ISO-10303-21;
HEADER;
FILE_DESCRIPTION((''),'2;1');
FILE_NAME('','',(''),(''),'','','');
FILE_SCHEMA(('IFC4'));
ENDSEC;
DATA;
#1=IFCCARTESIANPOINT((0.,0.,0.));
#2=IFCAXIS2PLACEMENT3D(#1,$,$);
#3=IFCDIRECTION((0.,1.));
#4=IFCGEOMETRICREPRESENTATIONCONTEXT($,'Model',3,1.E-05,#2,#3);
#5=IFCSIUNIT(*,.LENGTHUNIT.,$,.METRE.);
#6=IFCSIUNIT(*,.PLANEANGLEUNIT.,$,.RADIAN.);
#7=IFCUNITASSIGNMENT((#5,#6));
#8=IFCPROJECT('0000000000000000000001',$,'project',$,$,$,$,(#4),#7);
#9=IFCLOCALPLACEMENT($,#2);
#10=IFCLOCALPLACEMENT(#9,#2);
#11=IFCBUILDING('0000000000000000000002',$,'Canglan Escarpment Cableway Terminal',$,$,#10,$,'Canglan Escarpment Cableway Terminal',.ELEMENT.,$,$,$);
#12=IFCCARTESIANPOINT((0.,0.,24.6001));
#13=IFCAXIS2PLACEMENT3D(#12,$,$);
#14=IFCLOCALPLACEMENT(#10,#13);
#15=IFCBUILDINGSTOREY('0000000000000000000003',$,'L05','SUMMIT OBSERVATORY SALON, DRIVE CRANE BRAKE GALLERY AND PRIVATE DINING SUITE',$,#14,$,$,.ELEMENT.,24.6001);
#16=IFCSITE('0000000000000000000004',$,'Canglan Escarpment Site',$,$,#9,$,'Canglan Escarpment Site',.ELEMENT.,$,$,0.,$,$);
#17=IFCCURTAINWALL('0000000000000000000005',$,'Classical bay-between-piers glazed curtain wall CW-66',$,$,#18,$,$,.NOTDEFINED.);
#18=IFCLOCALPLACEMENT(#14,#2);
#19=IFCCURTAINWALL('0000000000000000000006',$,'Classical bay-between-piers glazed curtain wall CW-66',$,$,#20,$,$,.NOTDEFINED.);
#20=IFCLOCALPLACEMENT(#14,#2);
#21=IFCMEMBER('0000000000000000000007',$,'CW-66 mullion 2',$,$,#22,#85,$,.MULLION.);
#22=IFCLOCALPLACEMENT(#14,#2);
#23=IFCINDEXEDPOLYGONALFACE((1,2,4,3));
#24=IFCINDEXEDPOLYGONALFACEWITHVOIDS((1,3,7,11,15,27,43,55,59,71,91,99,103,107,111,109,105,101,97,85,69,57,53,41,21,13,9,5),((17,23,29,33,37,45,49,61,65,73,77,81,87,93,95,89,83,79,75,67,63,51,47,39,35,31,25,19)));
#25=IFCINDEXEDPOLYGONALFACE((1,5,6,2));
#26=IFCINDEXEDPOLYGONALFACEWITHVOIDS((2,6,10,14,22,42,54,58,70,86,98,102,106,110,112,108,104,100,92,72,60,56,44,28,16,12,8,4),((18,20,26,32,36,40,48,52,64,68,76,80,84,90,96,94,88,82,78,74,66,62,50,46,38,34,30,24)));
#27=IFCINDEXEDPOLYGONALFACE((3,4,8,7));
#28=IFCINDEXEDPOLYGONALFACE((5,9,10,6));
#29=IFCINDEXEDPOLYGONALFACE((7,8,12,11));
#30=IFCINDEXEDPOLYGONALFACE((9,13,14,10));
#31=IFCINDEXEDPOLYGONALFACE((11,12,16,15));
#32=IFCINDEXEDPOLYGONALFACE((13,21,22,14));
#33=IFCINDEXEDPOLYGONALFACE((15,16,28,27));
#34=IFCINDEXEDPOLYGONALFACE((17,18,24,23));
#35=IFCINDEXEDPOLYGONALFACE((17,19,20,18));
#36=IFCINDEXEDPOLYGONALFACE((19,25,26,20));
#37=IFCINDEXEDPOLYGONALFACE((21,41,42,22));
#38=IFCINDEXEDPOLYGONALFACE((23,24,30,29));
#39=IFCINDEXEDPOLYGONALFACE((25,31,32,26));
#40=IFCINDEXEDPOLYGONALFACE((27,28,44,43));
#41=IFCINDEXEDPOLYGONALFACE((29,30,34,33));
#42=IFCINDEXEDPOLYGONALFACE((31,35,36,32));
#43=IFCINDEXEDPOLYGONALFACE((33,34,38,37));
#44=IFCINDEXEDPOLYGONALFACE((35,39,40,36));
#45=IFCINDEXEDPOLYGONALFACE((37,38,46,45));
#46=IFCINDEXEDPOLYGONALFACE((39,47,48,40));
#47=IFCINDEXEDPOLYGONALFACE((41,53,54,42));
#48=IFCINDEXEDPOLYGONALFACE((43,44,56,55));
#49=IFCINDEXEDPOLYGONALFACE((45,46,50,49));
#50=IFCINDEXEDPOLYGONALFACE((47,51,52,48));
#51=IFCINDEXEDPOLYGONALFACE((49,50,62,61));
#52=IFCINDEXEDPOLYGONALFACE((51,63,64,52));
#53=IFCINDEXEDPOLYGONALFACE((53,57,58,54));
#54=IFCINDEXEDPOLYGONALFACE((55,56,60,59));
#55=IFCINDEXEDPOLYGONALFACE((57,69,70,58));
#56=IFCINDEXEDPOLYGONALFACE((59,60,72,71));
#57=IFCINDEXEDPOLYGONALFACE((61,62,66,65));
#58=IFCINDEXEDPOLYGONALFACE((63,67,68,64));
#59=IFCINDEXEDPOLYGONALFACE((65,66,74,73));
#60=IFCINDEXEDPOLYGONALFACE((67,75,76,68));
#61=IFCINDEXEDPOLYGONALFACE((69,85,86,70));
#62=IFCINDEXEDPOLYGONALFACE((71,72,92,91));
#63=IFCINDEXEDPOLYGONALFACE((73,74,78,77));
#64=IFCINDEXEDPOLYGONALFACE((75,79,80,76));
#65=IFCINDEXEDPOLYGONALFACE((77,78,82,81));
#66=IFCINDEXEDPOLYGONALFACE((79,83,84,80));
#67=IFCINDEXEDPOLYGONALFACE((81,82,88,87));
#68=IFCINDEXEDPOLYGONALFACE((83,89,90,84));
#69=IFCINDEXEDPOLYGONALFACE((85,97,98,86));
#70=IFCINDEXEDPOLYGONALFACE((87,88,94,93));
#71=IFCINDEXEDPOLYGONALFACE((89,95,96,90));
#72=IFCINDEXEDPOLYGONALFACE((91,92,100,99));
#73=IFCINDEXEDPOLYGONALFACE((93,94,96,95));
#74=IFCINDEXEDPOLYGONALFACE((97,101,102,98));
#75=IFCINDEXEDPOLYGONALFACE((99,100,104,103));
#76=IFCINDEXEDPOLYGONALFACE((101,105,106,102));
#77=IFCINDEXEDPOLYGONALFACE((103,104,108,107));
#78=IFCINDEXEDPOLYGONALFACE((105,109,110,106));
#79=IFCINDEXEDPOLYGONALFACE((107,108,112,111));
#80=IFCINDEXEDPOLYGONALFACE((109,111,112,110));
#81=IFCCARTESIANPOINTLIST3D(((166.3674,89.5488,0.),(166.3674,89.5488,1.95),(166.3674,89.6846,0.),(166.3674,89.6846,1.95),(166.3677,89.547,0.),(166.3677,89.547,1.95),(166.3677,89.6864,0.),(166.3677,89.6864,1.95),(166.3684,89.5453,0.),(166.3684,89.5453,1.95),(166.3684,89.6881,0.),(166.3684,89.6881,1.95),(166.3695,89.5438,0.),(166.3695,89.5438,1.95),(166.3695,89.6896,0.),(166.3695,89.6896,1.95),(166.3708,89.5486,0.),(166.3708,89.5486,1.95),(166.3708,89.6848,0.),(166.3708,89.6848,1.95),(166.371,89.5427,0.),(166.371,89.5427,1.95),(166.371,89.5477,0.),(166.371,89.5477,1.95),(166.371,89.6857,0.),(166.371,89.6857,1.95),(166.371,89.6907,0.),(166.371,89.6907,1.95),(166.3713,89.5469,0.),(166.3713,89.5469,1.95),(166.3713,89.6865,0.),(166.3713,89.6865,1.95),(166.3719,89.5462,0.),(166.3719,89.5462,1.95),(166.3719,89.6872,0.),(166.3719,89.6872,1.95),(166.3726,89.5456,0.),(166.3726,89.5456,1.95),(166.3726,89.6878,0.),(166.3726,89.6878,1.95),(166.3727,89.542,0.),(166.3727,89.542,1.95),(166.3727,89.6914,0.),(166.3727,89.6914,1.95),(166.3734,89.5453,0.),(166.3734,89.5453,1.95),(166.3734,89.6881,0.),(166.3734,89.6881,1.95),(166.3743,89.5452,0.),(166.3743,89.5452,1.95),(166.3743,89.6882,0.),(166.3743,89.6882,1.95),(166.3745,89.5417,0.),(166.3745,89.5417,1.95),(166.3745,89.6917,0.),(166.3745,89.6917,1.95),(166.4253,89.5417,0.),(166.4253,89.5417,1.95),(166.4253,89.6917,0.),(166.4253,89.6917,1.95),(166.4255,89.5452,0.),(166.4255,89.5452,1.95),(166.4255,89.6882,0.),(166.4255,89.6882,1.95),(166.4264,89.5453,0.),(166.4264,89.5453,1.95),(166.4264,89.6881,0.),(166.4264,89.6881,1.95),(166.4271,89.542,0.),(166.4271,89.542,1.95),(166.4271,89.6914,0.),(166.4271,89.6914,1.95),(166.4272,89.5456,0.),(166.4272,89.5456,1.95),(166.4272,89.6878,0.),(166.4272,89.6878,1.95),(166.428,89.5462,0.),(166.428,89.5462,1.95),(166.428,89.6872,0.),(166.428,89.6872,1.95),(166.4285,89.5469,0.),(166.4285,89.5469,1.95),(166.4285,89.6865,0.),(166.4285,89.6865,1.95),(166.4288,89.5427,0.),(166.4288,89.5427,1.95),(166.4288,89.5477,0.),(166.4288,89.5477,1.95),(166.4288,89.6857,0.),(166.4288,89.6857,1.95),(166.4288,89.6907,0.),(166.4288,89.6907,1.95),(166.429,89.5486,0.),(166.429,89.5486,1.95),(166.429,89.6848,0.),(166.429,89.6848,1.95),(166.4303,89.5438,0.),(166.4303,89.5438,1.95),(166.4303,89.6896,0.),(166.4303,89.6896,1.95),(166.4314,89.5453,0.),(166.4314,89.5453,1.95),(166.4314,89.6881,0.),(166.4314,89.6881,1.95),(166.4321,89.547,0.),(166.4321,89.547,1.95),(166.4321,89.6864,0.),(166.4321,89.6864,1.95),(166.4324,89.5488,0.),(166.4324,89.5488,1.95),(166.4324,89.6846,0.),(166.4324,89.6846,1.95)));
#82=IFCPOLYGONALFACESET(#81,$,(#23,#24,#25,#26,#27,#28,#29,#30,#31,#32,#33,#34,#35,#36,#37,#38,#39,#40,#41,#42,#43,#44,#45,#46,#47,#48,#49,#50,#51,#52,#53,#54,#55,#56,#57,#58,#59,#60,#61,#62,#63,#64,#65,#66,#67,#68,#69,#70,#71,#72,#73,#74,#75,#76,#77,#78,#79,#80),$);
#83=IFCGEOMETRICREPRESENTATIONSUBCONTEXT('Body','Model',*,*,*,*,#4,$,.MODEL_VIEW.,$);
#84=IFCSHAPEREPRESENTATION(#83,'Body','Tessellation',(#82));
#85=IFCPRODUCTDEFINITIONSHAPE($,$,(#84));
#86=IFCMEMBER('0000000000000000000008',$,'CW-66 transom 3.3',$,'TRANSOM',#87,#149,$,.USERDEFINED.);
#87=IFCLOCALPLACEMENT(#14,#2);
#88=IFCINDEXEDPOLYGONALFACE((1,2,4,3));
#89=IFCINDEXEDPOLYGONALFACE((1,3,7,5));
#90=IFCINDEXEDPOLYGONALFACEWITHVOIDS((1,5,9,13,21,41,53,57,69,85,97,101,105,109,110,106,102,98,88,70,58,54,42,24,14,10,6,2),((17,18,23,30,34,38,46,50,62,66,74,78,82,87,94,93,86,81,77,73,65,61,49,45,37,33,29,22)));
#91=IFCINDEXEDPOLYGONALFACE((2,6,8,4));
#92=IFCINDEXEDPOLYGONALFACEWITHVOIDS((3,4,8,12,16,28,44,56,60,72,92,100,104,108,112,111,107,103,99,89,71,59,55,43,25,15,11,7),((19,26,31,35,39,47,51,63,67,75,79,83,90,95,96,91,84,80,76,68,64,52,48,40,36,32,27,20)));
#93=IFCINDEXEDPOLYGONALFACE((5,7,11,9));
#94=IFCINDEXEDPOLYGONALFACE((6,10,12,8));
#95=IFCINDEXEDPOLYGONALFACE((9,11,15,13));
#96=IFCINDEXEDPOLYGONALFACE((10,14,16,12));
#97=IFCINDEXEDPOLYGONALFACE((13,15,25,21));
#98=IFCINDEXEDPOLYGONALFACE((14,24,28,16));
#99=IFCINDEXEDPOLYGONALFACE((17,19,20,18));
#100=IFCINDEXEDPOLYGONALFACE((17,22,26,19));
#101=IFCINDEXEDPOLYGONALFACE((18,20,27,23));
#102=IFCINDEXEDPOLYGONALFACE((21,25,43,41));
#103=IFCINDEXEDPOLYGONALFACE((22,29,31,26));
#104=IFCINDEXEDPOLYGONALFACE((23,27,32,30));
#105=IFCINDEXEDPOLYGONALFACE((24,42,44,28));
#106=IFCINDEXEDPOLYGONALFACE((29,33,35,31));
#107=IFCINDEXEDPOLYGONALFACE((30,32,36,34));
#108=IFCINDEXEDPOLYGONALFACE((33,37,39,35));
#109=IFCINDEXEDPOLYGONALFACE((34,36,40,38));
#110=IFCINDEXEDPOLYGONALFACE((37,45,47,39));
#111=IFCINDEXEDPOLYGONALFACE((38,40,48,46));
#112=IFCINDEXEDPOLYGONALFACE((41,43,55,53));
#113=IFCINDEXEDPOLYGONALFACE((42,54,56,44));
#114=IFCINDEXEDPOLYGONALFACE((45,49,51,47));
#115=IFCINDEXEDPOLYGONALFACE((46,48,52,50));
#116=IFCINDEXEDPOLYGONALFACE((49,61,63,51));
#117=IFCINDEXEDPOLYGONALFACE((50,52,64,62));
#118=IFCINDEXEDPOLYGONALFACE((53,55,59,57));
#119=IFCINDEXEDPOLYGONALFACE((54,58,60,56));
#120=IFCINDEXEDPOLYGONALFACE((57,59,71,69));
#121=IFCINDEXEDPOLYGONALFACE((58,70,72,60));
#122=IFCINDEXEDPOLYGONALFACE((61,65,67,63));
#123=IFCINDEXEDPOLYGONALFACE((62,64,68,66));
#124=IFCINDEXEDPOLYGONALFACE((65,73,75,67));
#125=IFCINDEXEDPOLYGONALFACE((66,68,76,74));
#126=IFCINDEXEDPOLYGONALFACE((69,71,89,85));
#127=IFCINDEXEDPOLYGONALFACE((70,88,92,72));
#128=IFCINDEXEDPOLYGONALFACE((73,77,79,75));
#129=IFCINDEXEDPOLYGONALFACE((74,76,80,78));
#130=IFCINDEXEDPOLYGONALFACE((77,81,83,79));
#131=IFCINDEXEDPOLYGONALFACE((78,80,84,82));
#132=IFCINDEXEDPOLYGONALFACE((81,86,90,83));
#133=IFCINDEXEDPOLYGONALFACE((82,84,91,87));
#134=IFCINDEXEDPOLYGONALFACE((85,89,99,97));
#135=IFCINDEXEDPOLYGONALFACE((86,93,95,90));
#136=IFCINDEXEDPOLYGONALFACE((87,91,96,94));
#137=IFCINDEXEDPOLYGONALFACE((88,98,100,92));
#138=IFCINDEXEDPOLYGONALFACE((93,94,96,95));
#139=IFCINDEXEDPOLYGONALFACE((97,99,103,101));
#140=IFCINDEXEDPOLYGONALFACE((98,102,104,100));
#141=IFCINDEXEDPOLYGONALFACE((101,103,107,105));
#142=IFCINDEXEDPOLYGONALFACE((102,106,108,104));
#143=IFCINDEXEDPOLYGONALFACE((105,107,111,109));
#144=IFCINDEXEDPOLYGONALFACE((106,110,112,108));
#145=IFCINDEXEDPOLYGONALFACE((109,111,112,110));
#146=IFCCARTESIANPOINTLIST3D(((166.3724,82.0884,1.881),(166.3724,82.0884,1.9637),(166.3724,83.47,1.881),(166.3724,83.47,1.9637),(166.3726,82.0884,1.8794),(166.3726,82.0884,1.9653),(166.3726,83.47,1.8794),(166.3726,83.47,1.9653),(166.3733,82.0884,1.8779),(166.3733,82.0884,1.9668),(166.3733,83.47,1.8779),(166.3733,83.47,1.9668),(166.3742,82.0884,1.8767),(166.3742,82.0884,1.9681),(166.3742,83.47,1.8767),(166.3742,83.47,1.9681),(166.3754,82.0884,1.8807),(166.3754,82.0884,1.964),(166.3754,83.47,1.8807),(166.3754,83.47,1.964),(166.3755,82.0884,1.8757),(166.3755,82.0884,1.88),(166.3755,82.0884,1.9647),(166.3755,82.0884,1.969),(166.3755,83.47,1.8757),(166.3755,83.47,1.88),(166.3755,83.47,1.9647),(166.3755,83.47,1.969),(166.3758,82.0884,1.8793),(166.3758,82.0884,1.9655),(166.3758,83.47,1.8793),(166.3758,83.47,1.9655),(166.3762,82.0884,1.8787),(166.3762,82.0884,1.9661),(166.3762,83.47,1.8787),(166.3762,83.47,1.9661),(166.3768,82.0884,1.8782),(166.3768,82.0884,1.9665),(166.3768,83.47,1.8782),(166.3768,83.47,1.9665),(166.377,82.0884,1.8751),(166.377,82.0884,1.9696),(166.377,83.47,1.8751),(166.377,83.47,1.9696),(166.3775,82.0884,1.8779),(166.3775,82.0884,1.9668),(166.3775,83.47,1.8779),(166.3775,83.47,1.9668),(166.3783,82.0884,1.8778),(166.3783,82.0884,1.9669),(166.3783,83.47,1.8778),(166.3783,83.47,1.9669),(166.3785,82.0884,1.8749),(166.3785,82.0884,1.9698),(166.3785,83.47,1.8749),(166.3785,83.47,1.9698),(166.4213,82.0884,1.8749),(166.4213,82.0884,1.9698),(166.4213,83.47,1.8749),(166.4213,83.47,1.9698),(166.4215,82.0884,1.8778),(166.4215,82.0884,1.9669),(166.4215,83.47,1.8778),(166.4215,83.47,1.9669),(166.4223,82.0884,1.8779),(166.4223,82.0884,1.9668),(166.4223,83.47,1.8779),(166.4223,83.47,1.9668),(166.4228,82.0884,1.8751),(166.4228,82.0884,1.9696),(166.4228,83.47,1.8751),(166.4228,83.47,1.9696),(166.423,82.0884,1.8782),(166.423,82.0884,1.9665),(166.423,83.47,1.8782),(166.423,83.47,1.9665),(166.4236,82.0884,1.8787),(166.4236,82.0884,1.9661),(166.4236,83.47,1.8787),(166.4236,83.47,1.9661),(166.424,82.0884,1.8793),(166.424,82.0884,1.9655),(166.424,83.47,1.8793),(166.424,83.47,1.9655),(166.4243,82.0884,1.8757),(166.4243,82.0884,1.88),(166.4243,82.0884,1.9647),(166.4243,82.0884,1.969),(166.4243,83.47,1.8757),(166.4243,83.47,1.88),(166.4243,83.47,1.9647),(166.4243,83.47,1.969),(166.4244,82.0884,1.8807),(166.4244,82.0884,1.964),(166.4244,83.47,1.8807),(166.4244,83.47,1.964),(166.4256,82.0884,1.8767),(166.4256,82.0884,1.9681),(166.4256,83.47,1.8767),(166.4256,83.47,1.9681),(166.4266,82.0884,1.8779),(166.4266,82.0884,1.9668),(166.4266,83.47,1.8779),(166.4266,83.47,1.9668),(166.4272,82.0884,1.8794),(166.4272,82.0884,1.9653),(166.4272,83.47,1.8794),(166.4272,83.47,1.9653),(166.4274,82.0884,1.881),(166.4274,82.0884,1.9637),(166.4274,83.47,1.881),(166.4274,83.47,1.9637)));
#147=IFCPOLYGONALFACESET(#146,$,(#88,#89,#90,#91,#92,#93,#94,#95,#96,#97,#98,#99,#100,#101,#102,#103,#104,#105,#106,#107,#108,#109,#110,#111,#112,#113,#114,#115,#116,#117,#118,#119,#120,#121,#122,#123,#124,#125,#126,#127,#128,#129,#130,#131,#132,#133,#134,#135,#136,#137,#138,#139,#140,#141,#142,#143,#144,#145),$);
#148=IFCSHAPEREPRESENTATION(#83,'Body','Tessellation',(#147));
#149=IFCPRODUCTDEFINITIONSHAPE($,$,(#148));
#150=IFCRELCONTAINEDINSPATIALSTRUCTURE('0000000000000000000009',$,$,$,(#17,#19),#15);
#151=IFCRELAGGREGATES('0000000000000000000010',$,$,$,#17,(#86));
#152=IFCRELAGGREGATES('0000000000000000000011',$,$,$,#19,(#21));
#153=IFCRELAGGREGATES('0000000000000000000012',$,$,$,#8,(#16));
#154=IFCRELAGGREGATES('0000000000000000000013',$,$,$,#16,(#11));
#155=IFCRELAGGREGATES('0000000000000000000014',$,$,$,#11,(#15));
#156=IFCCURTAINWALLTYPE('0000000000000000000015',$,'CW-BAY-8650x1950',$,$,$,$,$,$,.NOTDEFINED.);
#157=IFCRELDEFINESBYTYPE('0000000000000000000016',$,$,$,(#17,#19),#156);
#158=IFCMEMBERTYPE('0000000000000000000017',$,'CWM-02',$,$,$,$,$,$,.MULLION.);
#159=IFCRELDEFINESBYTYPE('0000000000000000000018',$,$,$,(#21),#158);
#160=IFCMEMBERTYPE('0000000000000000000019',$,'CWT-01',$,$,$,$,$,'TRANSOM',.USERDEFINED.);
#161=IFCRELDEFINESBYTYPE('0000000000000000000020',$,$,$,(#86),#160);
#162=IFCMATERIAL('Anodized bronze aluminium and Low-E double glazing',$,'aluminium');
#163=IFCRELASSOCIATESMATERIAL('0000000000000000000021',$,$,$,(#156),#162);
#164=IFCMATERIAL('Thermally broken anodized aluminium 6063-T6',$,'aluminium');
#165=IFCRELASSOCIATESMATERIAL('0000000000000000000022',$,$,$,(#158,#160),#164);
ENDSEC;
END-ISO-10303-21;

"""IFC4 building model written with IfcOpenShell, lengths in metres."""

from ifc_helpers import new_model, si_unit, direction, frame, origin, origin_2d, place, context, subcontext, project, spatial, hollow_rectangle, extrude, material, material_profile, profile_set, type_object, element, aggregate, save


model = new_model("IFC4")

# Units and contexts
model_context = context("Model", 3, precision=1e-05, world=origin(), true_north=direction((0.0, 1.0)))
body_context = subcontext(model_context, "Body", "Model", "MODEL_VIEW")
ifc_project = project(units=[si_unit("LENGTHUNIT", "METRE"), si_unit("PLANEANGLEUNIT", "RADIAN")], contexts=[model_context])

# Site, building, storey
site_placement = place(None, origin())
site = spatial("IfcSite", under=ifc_project, at=site_placement, Name="Canglan Escarpment Site", LongName="Canglan Escarpment Site", CompositionType="ELEMENT", RefElevation=0.0)
building_placement = place(site_placement, origin())
building = spatial("IfcBuilding", under=site, at=building_placement, Name="Canglan Escarpment Cableway Terminal", LongName="Canglan Escarpment Cableway Terminal", CompositionType="ELEMENT")
storey_placement = place(building_placement, frame((0.0, 0.0, 24.6001)))
storey = spatial("IfcBuildingStorey", under=building, at=storey_placement, Name="L05", Description="SUMMIT OBSERVATORY SALON, DRIVE CRANE BRAKE GALLERY AND PRIVATE DINING SUITE", CompositionType="ELEMENT", Elevation=24.6001)

# Curtain walls, member
ifc_material_1 = material(Name="Anodized bronze aluminium and Low-E double glazing", Category="aluminium")
curtain_wall_type = type_object("IfcCurtainWallType", Name="CW-BAY-8650x1950", PredefinedType="NOTDEFINED", material=ifc_material_1)
curtain_wall_1_placement = place(storey_placement, origin())
curtain_wall_1 = element("IfcCurtainWall", 1, at=curtain_wall_1_placement, inside=storey, type_object=curtain_wall_type, Name="Classical bay-between-piers glazed curtain wall CW-66", PredefinedType="NOTDEFINED")
ifc_material_2 = material(Name="Thermally broken anodized aluminium 6063-T6", Category="aluminium")
curtain_wall_2_placement = place(storey_placement, origin())
curtain_wall_2 = element("IfcCurtainWall", 2, at=curtain_wall_2_placement, inside=storey, type_object=curtain_wall_type, Name="Classical bay-between-piers glazed curtain wall CW-66", PredefinedType="NOTDEFINED")
ifc_material_profile_1 = material_profile(ifc_material_2, hollow_rectangle(XDim=0.0649, YDim=0.1499, WallThickness=0.0034, InnerFilletRadius=0.0034, OuterFilletRadius=0.0071, at=origin_2d()), Name="ALU-MULL 65x150x3.5")
ifc_profile_set_1 = profile_set([ifc_material_profile_1], Name="Thermally broken anodized aluminium 6063-T6")
member_type_1 = type_object("IfcMemberType", Name="CWM-02", PredefinedType="MULLION", material=ifc_profile_set_1)
member_1_placement = place(storey_placement, frame((166.3999, 89.6167, 0.0), z_axis=(0.0, 0.0, 1.0), x_axis=(-1.0, 0.0, 0.0)))
member_1 = element("IfcMember", 3, at=member_1_placement, type_object=member_type_1, Name="CW-66 mullion 2", PredefinedType="MULLION", context=body_context, shape_type="SweptSolid", body=[
    extrude(hollow_rectangle(XDim=0.0649, YDim=0.1499, WallThickness=0.0034, InnerFilletRadius=0.0034, OuterFilletRadius=0.0071, at=origin_2d()), origin(), (0.0, 0.0, 1.0), 1.95),
])

# Member
ifc_material_profile_2 = material_profile(ifc_material_2, hollow_rectangle(XDim=0.0549, YDim=0.095, WallThickness=0.0029, InnerFilletRadius=0.0029, OuterFilletRadius=0.0061, at=origin_2d()), Name="ALU-TRAN 55x95x3")
ifc_profile_set_2 = profile_set([ifc_material_profile_2], Name="Thermally broken anodized aluminium 6063-T6")
member_type_2 = type_object("IfcMemberType", Name="CWT-01", ElementType="TRANSOM", PredefinedType="USERDEFINED", material=ifc_profile_set_2)
member_2_placement = place(storey_placement, frame((166.3999, 82.0884, 1.9224), z_axis=(0.0, 1.0, 0.0), x_axis=(-1.0, 0.0, 0.0)))
member_2 = element("IfcMember", 4, at=member_2_placement, type_object=member_type_2, Name="CW-66 transom 3.3", ObjectType="TRANSOM", PredefinedType="USERDEFINED", context=body_context, shape_type="SweptSolid", body=[
    extrude(hollow_rectangle(XDim=0.0549, YDim=0.095, WallThickness=0.0029, InnerFilletRadius=0.0029, OuterFilletRadius=0.0061, at=origin_2d()), origin(), (0.0, 0.0, 1.0), 1.3816),
])

aggregate(curtain_wall_1, [member_2])
aggregate(curtain_wall_2, [member_1])

save(model, "model.ifc")
